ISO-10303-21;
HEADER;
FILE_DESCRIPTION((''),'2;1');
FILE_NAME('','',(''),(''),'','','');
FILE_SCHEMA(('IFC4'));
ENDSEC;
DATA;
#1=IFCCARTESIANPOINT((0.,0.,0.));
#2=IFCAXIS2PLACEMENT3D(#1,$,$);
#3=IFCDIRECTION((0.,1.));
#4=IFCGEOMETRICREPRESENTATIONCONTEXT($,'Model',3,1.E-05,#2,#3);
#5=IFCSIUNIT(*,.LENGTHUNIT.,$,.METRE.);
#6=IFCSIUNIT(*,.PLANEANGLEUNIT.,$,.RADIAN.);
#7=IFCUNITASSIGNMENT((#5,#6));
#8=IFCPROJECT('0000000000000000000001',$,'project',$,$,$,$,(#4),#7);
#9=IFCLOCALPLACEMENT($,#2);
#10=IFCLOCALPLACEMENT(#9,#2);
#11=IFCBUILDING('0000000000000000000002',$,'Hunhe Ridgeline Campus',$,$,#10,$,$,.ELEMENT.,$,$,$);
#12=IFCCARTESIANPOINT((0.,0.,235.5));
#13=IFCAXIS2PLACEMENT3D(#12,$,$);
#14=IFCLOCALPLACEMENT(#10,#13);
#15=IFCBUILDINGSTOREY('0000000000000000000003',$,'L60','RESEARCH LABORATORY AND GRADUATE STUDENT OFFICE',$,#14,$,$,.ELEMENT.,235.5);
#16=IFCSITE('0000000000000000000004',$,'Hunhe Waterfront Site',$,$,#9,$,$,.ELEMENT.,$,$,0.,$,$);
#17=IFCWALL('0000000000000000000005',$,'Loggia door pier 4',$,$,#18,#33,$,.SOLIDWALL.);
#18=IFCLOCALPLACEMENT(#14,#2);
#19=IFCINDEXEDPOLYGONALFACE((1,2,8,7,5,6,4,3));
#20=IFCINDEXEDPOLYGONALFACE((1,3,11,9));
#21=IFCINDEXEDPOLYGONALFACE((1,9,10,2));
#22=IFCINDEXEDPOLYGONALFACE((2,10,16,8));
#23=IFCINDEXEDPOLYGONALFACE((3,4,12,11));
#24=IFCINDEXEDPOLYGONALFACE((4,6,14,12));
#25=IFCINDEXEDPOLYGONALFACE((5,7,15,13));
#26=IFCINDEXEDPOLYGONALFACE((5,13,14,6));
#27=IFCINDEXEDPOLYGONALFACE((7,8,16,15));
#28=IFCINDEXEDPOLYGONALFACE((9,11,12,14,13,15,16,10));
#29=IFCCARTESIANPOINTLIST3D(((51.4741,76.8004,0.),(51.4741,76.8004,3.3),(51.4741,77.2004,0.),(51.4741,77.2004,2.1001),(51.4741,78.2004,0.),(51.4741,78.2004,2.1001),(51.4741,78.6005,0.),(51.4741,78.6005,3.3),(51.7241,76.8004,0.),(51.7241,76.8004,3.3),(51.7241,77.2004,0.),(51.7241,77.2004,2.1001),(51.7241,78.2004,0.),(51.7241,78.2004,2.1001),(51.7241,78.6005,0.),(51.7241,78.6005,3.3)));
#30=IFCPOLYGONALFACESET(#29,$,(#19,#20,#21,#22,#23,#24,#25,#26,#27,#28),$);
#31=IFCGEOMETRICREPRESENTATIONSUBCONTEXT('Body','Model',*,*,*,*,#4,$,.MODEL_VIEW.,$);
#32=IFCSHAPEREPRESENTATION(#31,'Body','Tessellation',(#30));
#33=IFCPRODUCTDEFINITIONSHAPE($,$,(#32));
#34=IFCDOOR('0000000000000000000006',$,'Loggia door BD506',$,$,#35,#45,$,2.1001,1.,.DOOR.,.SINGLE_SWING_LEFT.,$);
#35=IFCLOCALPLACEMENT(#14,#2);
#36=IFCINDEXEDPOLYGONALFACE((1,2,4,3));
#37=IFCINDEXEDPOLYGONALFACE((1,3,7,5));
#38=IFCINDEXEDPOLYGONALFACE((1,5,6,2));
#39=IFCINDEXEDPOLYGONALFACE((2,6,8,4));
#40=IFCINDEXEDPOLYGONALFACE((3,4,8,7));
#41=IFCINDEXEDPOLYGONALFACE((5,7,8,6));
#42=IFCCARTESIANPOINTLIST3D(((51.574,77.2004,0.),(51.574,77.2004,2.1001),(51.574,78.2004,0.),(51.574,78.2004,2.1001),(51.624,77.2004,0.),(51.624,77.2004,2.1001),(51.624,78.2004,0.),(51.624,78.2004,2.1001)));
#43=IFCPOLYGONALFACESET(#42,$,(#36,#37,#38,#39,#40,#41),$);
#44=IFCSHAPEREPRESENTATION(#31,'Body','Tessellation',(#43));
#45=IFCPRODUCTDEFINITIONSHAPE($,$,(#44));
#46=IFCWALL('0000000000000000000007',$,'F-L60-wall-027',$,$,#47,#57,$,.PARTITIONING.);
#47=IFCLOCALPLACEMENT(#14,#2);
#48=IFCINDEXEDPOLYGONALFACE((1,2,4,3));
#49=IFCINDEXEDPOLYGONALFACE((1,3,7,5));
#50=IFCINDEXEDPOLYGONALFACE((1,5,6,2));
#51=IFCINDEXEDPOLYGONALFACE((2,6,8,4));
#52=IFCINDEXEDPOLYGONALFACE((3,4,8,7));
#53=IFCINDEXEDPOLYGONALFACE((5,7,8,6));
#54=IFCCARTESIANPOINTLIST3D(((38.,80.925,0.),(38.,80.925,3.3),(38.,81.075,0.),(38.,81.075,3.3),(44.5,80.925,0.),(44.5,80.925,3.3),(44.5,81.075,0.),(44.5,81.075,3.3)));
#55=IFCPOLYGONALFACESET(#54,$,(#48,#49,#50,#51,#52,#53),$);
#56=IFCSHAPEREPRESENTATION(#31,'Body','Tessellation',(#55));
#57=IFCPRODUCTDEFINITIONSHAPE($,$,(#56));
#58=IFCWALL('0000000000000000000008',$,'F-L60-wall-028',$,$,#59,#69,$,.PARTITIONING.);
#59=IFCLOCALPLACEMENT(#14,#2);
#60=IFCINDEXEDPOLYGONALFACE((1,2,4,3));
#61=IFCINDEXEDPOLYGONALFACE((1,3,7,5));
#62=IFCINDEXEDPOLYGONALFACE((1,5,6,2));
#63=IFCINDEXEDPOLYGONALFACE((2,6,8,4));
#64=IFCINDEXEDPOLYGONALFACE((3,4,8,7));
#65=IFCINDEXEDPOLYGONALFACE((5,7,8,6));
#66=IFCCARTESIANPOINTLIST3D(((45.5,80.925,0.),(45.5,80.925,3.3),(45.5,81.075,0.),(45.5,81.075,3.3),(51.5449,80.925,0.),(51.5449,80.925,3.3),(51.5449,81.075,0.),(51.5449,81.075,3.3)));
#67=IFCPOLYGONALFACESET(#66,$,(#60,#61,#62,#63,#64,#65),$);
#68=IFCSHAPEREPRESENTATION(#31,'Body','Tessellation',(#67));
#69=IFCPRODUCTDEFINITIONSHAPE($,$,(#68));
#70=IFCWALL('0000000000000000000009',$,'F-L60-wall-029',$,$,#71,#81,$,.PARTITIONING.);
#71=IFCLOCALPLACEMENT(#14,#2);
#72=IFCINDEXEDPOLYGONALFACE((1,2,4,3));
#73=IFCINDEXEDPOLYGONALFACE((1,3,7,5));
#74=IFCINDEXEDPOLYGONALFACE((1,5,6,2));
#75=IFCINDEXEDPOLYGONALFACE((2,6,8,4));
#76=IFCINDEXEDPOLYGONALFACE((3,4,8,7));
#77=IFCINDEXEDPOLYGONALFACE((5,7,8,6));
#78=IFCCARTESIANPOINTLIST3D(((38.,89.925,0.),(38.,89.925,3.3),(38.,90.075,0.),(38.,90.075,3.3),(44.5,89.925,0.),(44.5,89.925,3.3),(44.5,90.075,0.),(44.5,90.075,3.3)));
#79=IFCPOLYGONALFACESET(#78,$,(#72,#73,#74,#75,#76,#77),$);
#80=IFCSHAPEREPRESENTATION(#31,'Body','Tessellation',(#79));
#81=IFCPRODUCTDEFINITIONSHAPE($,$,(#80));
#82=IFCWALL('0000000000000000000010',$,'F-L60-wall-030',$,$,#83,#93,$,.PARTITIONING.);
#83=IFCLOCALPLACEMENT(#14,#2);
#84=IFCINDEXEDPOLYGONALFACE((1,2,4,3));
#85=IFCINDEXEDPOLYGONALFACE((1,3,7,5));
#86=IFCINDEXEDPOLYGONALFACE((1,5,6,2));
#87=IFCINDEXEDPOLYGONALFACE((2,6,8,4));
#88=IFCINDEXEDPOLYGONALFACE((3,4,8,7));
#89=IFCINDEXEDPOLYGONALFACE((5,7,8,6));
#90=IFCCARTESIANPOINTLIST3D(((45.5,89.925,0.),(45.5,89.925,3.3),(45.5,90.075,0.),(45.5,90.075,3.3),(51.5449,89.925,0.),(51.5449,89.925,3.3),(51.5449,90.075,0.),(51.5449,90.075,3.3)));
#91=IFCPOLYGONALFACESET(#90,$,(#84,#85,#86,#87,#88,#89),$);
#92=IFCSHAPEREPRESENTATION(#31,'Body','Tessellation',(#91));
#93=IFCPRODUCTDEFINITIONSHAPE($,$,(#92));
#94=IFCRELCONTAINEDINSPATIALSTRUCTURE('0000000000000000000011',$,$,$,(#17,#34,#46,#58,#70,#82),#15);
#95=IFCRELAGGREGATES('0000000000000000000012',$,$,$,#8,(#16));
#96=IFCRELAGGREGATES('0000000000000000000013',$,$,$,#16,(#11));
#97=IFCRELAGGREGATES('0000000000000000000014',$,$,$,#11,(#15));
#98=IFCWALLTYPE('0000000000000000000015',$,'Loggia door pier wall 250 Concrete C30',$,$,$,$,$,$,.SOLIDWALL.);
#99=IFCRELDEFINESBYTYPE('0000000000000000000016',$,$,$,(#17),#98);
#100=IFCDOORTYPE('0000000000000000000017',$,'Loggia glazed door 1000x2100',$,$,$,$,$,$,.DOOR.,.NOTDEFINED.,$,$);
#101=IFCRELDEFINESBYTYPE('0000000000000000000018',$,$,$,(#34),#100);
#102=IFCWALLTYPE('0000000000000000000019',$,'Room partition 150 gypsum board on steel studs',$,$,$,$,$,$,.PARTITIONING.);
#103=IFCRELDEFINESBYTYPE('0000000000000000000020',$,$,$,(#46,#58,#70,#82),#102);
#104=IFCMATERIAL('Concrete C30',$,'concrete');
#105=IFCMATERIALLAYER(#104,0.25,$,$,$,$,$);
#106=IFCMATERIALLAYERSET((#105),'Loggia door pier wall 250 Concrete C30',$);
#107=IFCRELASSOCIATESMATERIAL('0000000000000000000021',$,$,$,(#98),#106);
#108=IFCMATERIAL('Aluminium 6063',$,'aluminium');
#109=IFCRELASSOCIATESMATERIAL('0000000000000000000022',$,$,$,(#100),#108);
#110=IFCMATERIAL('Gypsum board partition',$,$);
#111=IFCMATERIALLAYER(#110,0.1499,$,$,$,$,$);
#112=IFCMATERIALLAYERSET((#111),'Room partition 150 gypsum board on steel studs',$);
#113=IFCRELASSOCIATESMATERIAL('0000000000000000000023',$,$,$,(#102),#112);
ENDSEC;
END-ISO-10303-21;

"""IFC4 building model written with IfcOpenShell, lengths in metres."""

from ifc_helpers import new_model, si_unit, direction, frame, frame_2d, origin, place, context, subcontext, project, spatial, rectangle, extrude, material, layer, layer_set, type_object, element, fill, save


model = new_model("IFC4")

# Units and contexts
model_context = context("Model", 3, precision=1e-05, world=origin(), true_north=direction((0.0, 1.0)))
body_context = subcontext(model_context, "Body", "Model", "MODEL_VIEW")
ifc_project = project(units=[si_unit("LENGTHUNIT", "METRE"), si_unit("PLANEANGLEUNIT", "RADIAN")], contexts=[model_context])

# Site, building, storey
site_placement = place(None, origin())
site = spatial("IfcSite", under=ifc_project, at=site_placement, Name="Hunhe Waterfront Site", CompositionType="ELEMENT", RefElevation=0.0)
building_placement = place(site_placement, origin())
building = spatial("IfcBuilding", under=site, at=building_placement, Name="Hunhe Ridgeline Campus", CompositionType="ELEMENT")
storey_placement = place(building_placement, frame((0.0, 0.0, 235.5)))
storey = spatial("IfcBuildingStorey", under=building, at=storey_placement, Name="L60", Description="RESEARCH LABORATORY AND GRADUATE STUDENT OFFICE", CompositionType="ELEMENT", Elevation=235.5)

# Shared definitions
ifc_material_1 = material(Name="Aluminium 6063", Category="aluminium")

# Wall, opening, door
ifc_material_2 = material(Name="Concrete C30", Category="concrete")
ifc_layer_1 = layer(ifc_material_2, 0.25)
ifc_layer_set_1 = layer_set([ifc_layer_1], Name="Loggia door pier wall 250 Concrete C30")
wall_type_1 = type_object("IfcWallType", Name="Loggia door pier wall 250 Concrete C30", PredefinedType="SOLIDWALL", material=ifc_layer_set_1)
wall_1_placement = place(storey_placement, frame((51.5991, 76.8005, 0.0), z_axis=(0.0, 0.0, 1.0), x_axis=(0.0, 1.0, 0.0)))
wall_1 = element("IfcWall", 1, at=wall_1_placement, inside=storey, type_object=wall_type_1, Name="Loggia door pier 4", PredefinedType="SOLIDWALL", context=body_context, shape_type="SweptSolid", body=[
    extrude(rectangle(XDim=1.8, YDim=0.25, at=frame_2d((0.8999, 0.0))), origin(), (0.0, 0.0, 1.0), 3.3),
])
opening_placement = place(wall_1_placement, frame((0.3999, 0.0, 0.0)))
opening = element("IfcOpeningElement", 2, at=opening_placement, cuts=wall_1, PredefinedType="OPENING", context=body_context, shape_type="SweptSolid", body=[
    extrude(rectangle(XDim=1.0, YDim=2.1001, at=frame_2d((0.5, 1.05))), frame((0.0, 0.125, 0.0), z_axis=(0.0, -1.0, 0.0), x_axis=(1.0, 0.0, 0.0)), (0.0, 0.0, 1.0), 0.25),
])
door_type = type_object("IfcDoorType", Name="Loggia glazed door 1000x2100", OperationType="NOTDEFINED", PredefinedType="DOOR", material=ifc_material_1)
door_placement = place(opening_placement, frame((1.0, 0.0, 0.0), z_axis=(0.0, 0.0, 1.0), x_axis=(-1.0, 0.0, 0.0)))
door = element("IfcDoor", 3, at=door_placement, inside=storey, type_object=door_type, Name="Loggia door BD506", OperationType="SINGLE_SWING_LEFT", OverallHeight=2.1001, OverallWidth=1.0, PredefinedType="DOOR", context=body_context, shape_type="SweptSolid", body=[
    extrude(rectangle(XDim=1.0, YDim=2.1001, at=frame_2d((0.5, 1.05))), frame((0.0, 0.0249, 0.0), z_axis=(0.0, -1.0, 0.0), x_axis=(1.0, 0.0, 0.0)), (0.0, 0.0, 1.0), 0.05),
])
fill(opening, door)

# Walls
ifc_material_3 = material(Name="Gypsum board partition")
ifc_layer_2 = layer(ifc_material_3, 0.1499)
ifc_layer_set_2 = layer_set([ifc_layer_2], Name="Room partition 150 gypsum board on steel studs")
wall_type_2 = type_object("IfcWallType", Name="Room partition 150 gypsum board on steel studs", PredefinedType="PARTITIONING", material=ifc_layer_set_2)
wall_2_placement = place(storey_placement, frame((38.0, 81.0, 0.0), z_axis=(0.0, 0.0, 1.0), x_axis=(1.0, 0.0, 0.0)))
element("IfcWall", 4, at=wall_2_placement, inside=storey, type_object=wall_type_2, Name="F-L60-wall-027", PredefinedType="PARTITIONING", context=body_context, shape_type="SweptSolid", body=[
    extrude(rectangle(XDim=6.5, YDim=0.1499, at=frame_2d((3.25, 0.0))), origin(), (0.0, 0.0, 1.0), 3.3),
])
wall_3_placement = place(storey_placement, frame((45.5, 81.0, 0.0), z_axis=(0.0, 0.0, 1.0), x_axis=(1.0, 0.0, 0.0)))
element("IfcWall", 5, at=wall_3_placement, inside=storey, type_object=wall_type_2, Name="F-L60-wall-028", PredefinedType="PARTITIONING", context=body_context, shape_type="SweptSolid", body=[
    extrude(rectangle(XDim=6.0449, YDim=0.1499, at=frame_2d((3.0225, 0.0))), origin(), (0.0, 0.0, 1.0), 3.3),
])
wall_4_placement = place(storey_placement, frame((38.0, 90.0, 0.0), z_axis=(0.0, 0.0, 1.0), x_axis=(1.0, 0.0, 0.0)))
element("IfcWall", 6, at=wall_4_placement, inside=storey, type_object=wall_type_2, Name="F-L60-wall-029", PredefinedType="PARTITIONING", context=body_context, shape_type="SweptSolid", body=[
    extrude(rectangle(XDim=6.5, YDim=0.1499, at=frame_2d((3.25, 0.0))), origin(), (0.0, 0.0, 1.0), 3.3),
])
wall_5_placement = place(storey_placement, frame((45.5, 90.0, 0.0), z_axis=(0.0, 0.0, 1.0), x_axis=(1.0, 0.0, 0.0)))
element("IfcWall", 7, at=wall_5_placement, inside=storey, type_object=wall_type_2, Name="F-L60-wall-030", PredefinedType="PARTITIONING", context=body_context, shape_type="SweptSolid", body=[
    extrude(rectangle(XDim=6.0449, YDim=0.1499, at=frame_2d((3.0225, 0.0))), origin(), (0.0, 0.0, 1.0), 3.3),
])

save(model, "model.ifc")
